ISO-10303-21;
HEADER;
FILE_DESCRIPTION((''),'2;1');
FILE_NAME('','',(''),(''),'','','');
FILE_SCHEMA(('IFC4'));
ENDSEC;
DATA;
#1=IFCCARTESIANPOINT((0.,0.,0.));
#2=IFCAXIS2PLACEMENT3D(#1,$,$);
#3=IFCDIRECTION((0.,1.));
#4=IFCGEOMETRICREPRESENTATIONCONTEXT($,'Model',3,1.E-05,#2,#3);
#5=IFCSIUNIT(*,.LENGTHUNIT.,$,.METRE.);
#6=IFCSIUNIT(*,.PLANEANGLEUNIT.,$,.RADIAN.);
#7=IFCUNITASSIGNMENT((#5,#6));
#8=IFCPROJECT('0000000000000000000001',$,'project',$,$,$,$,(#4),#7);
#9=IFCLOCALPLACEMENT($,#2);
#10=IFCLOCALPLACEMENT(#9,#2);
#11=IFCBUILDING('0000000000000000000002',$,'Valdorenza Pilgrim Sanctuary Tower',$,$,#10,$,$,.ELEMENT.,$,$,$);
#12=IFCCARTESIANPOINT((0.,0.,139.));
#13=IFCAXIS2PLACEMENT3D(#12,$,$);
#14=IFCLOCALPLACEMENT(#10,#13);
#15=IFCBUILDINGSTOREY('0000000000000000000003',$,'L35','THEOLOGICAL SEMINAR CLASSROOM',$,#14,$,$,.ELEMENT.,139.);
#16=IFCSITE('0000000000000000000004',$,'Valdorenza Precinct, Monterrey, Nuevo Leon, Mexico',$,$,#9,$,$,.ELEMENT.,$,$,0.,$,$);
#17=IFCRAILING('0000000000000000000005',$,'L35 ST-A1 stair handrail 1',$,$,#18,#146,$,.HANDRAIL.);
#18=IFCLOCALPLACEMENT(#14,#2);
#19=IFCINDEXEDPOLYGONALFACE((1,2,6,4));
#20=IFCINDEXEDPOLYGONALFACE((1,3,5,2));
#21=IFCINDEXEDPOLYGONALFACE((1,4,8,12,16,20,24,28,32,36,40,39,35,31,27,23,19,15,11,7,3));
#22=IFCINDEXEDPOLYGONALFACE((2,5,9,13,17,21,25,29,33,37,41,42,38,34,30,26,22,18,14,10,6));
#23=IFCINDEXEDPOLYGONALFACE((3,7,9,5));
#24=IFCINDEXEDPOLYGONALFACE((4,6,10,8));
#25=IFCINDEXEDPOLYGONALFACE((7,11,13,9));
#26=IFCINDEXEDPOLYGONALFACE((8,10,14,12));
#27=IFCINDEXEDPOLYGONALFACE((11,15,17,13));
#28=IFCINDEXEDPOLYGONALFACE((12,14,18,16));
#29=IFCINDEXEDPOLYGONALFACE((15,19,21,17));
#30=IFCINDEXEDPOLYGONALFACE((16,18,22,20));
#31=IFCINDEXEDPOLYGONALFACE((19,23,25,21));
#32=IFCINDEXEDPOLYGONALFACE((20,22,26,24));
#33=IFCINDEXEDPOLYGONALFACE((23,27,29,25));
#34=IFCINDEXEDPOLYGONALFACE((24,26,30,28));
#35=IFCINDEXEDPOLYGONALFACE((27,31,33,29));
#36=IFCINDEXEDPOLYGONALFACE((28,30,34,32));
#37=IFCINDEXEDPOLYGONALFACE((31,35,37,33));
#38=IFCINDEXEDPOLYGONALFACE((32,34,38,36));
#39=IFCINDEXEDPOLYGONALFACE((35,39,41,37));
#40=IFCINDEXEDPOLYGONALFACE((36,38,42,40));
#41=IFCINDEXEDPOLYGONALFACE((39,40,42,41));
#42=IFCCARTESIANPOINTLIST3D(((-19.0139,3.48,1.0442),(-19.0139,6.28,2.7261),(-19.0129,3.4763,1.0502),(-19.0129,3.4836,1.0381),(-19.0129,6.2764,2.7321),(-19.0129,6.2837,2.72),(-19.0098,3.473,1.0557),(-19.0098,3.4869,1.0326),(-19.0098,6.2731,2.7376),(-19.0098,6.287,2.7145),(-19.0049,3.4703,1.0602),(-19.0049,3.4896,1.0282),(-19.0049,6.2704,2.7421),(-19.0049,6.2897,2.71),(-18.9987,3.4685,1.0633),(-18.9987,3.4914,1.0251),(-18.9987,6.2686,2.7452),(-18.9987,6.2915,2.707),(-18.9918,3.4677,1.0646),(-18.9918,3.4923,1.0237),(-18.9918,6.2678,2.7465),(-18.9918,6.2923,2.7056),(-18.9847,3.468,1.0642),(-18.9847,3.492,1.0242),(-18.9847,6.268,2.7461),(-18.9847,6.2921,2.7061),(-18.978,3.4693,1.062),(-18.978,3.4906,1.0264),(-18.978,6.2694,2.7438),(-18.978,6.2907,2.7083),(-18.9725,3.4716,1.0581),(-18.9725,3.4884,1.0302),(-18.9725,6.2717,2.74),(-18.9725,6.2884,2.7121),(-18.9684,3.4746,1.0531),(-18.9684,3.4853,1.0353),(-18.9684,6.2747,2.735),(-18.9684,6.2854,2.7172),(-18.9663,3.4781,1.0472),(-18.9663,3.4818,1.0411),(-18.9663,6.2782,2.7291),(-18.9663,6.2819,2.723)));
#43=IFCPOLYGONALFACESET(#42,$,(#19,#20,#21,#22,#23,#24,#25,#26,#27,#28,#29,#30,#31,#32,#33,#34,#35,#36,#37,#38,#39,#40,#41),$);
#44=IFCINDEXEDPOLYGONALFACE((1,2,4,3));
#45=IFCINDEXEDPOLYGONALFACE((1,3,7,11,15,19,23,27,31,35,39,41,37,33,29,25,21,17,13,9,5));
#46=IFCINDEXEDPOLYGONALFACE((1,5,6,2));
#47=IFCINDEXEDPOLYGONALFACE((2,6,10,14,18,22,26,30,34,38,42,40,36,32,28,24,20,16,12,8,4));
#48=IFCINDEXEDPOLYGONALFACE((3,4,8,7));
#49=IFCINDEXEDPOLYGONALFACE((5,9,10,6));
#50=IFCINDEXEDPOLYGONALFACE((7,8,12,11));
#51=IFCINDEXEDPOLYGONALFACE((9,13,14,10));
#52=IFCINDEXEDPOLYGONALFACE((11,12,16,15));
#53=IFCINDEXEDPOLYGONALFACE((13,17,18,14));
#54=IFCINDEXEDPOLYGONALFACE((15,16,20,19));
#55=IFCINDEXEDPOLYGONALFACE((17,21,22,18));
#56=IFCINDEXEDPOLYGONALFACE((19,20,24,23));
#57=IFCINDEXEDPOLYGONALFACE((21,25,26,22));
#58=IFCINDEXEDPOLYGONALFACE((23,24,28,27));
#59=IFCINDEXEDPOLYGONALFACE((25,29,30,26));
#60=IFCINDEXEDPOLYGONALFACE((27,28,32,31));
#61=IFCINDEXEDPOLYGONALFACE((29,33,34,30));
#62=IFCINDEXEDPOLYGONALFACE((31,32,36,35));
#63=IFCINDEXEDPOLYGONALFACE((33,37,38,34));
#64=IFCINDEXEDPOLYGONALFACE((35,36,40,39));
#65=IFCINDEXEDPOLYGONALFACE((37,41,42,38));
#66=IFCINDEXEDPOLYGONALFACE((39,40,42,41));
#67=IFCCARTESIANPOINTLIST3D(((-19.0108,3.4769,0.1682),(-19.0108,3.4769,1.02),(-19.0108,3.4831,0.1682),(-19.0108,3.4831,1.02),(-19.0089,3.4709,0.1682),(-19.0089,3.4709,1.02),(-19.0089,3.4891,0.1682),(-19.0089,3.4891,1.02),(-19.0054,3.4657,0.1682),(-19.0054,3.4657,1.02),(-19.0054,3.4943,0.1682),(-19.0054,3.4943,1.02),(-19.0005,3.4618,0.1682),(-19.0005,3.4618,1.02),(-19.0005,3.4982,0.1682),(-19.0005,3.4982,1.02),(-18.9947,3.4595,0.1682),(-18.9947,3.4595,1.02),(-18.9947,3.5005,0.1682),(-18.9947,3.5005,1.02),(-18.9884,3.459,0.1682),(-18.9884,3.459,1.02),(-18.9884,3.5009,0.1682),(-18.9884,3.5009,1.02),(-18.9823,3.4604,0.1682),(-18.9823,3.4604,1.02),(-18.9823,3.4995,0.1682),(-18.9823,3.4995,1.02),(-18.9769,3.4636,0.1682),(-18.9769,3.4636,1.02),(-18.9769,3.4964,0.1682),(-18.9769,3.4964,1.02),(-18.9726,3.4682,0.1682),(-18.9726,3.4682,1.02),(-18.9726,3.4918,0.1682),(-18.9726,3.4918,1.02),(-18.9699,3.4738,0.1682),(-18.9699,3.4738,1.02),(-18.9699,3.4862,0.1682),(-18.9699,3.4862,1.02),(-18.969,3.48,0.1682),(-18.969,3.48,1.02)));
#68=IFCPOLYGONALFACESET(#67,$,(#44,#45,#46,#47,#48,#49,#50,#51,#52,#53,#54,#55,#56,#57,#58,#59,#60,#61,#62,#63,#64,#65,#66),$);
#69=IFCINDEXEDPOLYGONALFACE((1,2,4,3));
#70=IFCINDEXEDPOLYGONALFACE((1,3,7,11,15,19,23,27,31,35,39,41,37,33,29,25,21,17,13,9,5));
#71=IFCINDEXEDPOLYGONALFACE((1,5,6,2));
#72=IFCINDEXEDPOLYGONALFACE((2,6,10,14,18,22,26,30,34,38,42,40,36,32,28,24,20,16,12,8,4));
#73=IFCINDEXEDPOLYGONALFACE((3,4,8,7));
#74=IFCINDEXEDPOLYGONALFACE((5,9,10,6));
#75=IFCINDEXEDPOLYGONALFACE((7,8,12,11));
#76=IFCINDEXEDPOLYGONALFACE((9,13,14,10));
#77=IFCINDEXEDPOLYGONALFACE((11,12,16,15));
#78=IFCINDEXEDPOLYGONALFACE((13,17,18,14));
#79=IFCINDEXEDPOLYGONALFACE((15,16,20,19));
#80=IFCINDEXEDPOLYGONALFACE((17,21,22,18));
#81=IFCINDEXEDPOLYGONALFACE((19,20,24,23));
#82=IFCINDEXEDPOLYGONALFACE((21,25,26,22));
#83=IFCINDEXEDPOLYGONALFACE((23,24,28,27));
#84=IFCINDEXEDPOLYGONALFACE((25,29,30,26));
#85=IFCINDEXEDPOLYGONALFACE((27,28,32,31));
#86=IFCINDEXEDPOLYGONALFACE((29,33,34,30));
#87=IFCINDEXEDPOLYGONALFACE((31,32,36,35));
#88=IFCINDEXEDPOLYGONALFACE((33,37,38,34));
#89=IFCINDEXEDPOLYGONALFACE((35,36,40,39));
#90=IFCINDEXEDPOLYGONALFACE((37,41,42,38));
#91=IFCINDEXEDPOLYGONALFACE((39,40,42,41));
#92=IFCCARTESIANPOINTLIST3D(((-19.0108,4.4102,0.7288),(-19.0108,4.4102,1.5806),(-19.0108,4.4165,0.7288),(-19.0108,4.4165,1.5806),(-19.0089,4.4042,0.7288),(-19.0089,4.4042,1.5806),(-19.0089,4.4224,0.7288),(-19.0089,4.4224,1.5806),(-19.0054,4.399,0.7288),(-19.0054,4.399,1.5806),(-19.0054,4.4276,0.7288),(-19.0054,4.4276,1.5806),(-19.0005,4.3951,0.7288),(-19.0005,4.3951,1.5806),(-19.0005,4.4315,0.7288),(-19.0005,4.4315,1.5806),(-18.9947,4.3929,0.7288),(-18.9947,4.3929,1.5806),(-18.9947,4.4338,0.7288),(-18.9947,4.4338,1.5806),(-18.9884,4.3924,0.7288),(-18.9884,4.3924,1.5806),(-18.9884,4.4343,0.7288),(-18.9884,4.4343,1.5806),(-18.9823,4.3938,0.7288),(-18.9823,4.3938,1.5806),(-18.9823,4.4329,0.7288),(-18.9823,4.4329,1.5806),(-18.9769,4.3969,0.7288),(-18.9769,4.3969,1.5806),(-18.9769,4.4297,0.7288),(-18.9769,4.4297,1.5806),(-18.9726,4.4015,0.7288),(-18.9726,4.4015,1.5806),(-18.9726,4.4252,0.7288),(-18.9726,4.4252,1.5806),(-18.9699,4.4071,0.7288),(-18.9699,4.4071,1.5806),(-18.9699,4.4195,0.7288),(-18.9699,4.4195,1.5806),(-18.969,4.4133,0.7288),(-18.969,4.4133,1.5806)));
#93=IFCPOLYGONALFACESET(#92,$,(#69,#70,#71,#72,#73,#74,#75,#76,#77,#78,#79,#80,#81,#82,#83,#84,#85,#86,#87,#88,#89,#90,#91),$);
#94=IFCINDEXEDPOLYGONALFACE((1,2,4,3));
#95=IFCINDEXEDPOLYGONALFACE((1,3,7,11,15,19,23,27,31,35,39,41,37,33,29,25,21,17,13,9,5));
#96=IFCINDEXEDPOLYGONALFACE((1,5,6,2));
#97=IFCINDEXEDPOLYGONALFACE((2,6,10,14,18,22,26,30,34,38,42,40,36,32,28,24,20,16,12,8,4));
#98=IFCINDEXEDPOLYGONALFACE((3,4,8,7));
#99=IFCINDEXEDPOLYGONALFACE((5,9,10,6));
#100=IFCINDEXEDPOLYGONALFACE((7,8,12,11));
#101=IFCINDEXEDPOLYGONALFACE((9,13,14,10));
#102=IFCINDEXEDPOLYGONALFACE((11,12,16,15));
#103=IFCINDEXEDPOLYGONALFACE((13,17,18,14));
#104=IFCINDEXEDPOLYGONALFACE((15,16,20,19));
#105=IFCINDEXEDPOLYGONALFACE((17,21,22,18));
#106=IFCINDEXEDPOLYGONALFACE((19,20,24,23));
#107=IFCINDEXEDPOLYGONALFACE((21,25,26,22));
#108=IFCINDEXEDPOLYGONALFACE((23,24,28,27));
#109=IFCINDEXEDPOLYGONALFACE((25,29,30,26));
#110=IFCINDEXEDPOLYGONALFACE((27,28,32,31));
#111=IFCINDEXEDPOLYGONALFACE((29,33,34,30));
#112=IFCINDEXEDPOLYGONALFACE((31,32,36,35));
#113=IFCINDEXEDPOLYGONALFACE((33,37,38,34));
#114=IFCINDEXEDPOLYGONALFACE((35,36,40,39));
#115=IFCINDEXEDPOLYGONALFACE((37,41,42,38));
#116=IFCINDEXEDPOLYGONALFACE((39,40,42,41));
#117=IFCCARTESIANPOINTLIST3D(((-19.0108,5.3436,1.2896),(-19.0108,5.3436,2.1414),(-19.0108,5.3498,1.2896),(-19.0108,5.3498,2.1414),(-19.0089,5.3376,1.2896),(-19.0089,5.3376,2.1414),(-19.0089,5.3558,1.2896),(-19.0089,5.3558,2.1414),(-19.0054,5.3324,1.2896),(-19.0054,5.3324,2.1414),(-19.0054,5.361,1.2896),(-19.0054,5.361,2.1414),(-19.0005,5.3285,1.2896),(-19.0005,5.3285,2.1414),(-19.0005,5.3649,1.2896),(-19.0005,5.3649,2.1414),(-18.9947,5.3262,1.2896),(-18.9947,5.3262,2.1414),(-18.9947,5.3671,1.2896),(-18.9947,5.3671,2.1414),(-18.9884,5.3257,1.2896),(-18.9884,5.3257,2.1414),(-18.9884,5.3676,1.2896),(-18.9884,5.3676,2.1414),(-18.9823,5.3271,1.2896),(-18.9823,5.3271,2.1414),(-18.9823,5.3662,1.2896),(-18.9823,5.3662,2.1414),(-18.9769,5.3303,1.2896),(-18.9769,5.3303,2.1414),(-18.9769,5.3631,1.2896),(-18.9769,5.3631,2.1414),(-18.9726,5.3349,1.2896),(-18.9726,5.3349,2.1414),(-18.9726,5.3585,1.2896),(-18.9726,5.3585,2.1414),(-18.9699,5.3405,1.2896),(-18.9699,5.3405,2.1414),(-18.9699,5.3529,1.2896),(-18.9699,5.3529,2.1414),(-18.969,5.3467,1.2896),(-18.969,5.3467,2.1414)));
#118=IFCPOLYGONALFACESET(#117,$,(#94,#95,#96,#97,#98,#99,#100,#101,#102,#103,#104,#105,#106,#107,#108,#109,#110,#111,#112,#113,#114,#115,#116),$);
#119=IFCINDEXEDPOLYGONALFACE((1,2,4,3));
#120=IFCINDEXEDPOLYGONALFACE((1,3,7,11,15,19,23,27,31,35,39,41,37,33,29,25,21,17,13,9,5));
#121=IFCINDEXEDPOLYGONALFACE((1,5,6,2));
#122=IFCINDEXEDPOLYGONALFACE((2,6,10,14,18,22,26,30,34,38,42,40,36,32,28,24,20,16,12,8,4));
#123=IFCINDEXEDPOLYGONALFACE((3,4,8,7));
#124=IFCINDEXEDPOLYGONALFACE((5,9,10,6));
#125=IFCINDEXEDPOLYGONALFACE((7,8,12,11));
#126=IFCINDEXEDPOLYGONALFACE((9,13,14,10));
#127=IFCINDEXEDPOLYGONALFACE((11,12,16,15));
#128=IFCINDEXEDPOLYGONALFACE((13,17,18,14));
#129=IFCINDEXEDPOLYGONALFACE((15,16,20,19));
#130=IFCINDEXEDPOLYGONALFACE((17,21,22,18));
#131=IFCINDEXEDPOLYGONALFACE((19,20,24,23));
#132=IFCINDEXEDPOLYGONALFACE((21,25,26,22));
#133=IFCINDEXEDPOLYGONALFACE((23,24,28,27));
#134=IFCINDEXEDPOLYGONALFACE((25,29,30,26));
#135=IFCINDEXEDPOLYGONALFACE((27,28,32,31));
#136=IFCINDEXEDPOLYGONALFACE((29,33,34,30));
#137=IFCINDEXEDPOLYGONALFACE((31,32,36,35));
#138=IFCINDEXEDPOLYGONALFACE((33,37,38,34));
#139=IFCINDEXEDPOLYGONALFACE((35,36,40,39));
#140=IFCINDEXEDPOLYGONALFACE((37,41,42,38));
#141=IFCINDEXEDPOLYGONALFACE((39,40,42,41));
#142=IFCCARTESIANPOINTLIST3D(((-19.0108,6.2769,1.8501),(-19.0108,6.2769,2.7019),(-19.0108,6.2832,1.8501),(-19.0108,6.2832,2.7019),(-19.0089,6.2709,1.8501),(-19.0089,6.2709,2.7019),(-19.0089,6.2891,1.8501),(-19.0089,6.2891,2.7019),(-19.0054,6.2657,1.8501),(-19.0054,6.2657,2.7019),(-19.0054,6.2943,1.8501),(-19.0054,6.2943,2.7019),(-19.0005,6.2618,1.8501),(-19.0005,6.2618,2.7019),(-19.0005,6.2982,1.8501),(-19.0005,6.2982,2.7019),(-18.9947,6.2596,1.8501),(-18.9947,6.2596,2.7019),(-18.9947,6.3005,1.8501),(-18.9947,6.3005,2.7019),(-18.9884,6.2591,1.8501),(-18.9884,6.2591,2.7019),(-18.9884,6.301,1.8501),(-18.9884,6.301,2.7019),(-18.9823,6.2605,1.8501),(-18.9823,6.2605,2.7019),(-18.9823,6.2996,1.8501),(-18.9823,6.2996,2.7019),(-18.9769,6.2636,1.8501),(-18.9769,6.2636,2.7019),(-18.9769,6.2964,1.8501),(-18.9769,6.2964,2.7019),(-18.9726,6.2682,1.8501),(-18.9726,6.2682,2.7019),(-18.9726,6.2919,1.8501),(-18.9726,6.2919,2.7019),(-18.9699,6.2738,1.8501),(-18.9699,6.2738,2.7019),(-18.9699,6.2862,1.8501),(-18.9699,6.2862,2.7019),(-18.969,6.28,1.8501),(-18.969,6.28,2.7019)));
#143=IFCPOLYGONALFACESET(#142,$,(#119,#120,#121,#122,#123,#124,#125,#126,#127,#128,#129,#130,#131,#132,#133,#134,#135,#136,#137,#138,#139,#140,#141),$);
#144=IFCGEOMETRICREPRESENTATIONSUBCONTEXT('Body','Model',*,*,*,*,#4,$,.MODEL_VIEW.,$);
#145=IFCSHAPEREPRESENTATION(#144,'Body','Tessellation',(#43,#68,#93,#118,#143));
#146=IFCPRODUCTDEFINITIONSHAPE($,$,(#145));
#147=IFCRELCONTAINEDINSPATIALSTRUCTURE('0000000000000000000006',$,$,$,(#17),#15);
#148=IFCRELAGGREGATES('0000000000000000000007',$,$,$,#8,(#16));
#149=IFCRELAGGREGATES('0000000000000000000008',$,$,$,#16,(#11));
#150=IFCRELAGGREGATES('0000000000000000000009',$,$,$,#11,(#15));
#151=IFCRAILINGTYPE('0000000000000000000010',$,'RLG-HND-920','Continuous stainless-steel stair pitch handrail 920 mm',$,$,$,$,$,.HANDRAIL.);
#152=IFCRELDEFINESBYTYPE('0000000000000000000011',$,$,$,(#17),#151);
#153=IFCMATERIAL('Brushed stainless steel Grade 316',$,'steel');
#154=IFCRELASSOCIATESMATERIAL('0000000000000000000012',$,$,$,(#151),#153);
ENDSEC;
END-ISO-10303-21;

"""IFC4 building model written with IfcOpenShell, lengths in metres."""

from ifc_helpers import new_model, si_unit, direction, frame, origin, origin_2d, place, context, subcontext, project, spatial, circle, extrude, material, type_object, element, save


model = new_model("IFC4")

# Units and contexts
model_context = context("Model", 3, precision=1e-05, world=origin(), true_north=direction((0.0, 1.0)))
body_context = subcontext(model_context, "Body", "Model", "MODEL_VIEW")
ifc_project = project(units=[si_unit("LENGTHUNIT", "METRE"), si_unit("PLANEANGLEUNIT", "RADIAN")], contexts=[model_context])

# Site, building, storey
site_placement = place(None, origin())
site = spatial("IfcSite", under=ifc_project, at=site_placement, Name="Valdorenza Precinct, Monterrey, Nuevo Leon, Mexico", CompositionType="ELEMENT", RefElevation=0.0)
building_placement = place(site_placement, origin())
building = spatial("IfcBuilding", under=site, at=building_placement, Name="Valdorenza Pilgrim Sanctuary Tower", CompositionType="ELEMENT")
storey_placement = place(building_placement, frame((0.0, 0.0, 139.0)))
storey = spatial("IfcBuildingStorey", under=building, at=storey_placement, Name="L35", Description="THEOLOGICAL SEMINAR CLASSROOM", CompositionType="ELEMENT", Elevation=139.0)

# Shared definitions
ifc_material_1 = material(Name="Brushed stainless steel Grade 316", Category="steel")

# Railing
railing_type_1 = type_object("IfcRailingType", Name="RLG-HND-920", Description="Continuous stainless-steel stair pitch handrail 920 mm", PredefinedType="HANDRAIL", material=ifc_material_1)
railing_1_placement = place(storey_placement, frame((-18.99, 3.48, 0.1682)))
element("IfcRailing", 1, at=railing_1_placement, inside=storey, type_object=railing_type_1, Name="L35 ST-A1 stair handrail 1", PredefinedType="HANDRAIL", context=body_context, shape_type="SweptSolid", body=[
    extrude(circle(Radius=0.0239, at=origin_2d()), frame((0.0, 0.0, 0.876), z_axis=(0.0, 0.857242, 0.514913), x_axis=(-1.0, 0.0, 0.0)), (0.0, 0.0, 1.0), 3.2664),
    extrude(circle(Radius=0.021, at=origin_2d()), origin(), (0.0, 0.0, 1.0), 0.8518),
    extrude(circle(Radius=0.021, at=origin_2d()), frame((0.0, 0.9333, 0.5605)), (0.0, 0.0, 1.0), 0.8518),
    extrude(circle(Radius=0.021, at=origin_2d()), frame((0.0, 1.8667, 1.1213)), (0.0, 0.0, 1.0), 0.8518),
    extrude(circle(Radius=0.021, at=origin_2d()), frame((0.0, 2.8, 1.6819)), (0.0, 0.0, 1.0), 0.8518),
])

save(model, "model.ifc")
